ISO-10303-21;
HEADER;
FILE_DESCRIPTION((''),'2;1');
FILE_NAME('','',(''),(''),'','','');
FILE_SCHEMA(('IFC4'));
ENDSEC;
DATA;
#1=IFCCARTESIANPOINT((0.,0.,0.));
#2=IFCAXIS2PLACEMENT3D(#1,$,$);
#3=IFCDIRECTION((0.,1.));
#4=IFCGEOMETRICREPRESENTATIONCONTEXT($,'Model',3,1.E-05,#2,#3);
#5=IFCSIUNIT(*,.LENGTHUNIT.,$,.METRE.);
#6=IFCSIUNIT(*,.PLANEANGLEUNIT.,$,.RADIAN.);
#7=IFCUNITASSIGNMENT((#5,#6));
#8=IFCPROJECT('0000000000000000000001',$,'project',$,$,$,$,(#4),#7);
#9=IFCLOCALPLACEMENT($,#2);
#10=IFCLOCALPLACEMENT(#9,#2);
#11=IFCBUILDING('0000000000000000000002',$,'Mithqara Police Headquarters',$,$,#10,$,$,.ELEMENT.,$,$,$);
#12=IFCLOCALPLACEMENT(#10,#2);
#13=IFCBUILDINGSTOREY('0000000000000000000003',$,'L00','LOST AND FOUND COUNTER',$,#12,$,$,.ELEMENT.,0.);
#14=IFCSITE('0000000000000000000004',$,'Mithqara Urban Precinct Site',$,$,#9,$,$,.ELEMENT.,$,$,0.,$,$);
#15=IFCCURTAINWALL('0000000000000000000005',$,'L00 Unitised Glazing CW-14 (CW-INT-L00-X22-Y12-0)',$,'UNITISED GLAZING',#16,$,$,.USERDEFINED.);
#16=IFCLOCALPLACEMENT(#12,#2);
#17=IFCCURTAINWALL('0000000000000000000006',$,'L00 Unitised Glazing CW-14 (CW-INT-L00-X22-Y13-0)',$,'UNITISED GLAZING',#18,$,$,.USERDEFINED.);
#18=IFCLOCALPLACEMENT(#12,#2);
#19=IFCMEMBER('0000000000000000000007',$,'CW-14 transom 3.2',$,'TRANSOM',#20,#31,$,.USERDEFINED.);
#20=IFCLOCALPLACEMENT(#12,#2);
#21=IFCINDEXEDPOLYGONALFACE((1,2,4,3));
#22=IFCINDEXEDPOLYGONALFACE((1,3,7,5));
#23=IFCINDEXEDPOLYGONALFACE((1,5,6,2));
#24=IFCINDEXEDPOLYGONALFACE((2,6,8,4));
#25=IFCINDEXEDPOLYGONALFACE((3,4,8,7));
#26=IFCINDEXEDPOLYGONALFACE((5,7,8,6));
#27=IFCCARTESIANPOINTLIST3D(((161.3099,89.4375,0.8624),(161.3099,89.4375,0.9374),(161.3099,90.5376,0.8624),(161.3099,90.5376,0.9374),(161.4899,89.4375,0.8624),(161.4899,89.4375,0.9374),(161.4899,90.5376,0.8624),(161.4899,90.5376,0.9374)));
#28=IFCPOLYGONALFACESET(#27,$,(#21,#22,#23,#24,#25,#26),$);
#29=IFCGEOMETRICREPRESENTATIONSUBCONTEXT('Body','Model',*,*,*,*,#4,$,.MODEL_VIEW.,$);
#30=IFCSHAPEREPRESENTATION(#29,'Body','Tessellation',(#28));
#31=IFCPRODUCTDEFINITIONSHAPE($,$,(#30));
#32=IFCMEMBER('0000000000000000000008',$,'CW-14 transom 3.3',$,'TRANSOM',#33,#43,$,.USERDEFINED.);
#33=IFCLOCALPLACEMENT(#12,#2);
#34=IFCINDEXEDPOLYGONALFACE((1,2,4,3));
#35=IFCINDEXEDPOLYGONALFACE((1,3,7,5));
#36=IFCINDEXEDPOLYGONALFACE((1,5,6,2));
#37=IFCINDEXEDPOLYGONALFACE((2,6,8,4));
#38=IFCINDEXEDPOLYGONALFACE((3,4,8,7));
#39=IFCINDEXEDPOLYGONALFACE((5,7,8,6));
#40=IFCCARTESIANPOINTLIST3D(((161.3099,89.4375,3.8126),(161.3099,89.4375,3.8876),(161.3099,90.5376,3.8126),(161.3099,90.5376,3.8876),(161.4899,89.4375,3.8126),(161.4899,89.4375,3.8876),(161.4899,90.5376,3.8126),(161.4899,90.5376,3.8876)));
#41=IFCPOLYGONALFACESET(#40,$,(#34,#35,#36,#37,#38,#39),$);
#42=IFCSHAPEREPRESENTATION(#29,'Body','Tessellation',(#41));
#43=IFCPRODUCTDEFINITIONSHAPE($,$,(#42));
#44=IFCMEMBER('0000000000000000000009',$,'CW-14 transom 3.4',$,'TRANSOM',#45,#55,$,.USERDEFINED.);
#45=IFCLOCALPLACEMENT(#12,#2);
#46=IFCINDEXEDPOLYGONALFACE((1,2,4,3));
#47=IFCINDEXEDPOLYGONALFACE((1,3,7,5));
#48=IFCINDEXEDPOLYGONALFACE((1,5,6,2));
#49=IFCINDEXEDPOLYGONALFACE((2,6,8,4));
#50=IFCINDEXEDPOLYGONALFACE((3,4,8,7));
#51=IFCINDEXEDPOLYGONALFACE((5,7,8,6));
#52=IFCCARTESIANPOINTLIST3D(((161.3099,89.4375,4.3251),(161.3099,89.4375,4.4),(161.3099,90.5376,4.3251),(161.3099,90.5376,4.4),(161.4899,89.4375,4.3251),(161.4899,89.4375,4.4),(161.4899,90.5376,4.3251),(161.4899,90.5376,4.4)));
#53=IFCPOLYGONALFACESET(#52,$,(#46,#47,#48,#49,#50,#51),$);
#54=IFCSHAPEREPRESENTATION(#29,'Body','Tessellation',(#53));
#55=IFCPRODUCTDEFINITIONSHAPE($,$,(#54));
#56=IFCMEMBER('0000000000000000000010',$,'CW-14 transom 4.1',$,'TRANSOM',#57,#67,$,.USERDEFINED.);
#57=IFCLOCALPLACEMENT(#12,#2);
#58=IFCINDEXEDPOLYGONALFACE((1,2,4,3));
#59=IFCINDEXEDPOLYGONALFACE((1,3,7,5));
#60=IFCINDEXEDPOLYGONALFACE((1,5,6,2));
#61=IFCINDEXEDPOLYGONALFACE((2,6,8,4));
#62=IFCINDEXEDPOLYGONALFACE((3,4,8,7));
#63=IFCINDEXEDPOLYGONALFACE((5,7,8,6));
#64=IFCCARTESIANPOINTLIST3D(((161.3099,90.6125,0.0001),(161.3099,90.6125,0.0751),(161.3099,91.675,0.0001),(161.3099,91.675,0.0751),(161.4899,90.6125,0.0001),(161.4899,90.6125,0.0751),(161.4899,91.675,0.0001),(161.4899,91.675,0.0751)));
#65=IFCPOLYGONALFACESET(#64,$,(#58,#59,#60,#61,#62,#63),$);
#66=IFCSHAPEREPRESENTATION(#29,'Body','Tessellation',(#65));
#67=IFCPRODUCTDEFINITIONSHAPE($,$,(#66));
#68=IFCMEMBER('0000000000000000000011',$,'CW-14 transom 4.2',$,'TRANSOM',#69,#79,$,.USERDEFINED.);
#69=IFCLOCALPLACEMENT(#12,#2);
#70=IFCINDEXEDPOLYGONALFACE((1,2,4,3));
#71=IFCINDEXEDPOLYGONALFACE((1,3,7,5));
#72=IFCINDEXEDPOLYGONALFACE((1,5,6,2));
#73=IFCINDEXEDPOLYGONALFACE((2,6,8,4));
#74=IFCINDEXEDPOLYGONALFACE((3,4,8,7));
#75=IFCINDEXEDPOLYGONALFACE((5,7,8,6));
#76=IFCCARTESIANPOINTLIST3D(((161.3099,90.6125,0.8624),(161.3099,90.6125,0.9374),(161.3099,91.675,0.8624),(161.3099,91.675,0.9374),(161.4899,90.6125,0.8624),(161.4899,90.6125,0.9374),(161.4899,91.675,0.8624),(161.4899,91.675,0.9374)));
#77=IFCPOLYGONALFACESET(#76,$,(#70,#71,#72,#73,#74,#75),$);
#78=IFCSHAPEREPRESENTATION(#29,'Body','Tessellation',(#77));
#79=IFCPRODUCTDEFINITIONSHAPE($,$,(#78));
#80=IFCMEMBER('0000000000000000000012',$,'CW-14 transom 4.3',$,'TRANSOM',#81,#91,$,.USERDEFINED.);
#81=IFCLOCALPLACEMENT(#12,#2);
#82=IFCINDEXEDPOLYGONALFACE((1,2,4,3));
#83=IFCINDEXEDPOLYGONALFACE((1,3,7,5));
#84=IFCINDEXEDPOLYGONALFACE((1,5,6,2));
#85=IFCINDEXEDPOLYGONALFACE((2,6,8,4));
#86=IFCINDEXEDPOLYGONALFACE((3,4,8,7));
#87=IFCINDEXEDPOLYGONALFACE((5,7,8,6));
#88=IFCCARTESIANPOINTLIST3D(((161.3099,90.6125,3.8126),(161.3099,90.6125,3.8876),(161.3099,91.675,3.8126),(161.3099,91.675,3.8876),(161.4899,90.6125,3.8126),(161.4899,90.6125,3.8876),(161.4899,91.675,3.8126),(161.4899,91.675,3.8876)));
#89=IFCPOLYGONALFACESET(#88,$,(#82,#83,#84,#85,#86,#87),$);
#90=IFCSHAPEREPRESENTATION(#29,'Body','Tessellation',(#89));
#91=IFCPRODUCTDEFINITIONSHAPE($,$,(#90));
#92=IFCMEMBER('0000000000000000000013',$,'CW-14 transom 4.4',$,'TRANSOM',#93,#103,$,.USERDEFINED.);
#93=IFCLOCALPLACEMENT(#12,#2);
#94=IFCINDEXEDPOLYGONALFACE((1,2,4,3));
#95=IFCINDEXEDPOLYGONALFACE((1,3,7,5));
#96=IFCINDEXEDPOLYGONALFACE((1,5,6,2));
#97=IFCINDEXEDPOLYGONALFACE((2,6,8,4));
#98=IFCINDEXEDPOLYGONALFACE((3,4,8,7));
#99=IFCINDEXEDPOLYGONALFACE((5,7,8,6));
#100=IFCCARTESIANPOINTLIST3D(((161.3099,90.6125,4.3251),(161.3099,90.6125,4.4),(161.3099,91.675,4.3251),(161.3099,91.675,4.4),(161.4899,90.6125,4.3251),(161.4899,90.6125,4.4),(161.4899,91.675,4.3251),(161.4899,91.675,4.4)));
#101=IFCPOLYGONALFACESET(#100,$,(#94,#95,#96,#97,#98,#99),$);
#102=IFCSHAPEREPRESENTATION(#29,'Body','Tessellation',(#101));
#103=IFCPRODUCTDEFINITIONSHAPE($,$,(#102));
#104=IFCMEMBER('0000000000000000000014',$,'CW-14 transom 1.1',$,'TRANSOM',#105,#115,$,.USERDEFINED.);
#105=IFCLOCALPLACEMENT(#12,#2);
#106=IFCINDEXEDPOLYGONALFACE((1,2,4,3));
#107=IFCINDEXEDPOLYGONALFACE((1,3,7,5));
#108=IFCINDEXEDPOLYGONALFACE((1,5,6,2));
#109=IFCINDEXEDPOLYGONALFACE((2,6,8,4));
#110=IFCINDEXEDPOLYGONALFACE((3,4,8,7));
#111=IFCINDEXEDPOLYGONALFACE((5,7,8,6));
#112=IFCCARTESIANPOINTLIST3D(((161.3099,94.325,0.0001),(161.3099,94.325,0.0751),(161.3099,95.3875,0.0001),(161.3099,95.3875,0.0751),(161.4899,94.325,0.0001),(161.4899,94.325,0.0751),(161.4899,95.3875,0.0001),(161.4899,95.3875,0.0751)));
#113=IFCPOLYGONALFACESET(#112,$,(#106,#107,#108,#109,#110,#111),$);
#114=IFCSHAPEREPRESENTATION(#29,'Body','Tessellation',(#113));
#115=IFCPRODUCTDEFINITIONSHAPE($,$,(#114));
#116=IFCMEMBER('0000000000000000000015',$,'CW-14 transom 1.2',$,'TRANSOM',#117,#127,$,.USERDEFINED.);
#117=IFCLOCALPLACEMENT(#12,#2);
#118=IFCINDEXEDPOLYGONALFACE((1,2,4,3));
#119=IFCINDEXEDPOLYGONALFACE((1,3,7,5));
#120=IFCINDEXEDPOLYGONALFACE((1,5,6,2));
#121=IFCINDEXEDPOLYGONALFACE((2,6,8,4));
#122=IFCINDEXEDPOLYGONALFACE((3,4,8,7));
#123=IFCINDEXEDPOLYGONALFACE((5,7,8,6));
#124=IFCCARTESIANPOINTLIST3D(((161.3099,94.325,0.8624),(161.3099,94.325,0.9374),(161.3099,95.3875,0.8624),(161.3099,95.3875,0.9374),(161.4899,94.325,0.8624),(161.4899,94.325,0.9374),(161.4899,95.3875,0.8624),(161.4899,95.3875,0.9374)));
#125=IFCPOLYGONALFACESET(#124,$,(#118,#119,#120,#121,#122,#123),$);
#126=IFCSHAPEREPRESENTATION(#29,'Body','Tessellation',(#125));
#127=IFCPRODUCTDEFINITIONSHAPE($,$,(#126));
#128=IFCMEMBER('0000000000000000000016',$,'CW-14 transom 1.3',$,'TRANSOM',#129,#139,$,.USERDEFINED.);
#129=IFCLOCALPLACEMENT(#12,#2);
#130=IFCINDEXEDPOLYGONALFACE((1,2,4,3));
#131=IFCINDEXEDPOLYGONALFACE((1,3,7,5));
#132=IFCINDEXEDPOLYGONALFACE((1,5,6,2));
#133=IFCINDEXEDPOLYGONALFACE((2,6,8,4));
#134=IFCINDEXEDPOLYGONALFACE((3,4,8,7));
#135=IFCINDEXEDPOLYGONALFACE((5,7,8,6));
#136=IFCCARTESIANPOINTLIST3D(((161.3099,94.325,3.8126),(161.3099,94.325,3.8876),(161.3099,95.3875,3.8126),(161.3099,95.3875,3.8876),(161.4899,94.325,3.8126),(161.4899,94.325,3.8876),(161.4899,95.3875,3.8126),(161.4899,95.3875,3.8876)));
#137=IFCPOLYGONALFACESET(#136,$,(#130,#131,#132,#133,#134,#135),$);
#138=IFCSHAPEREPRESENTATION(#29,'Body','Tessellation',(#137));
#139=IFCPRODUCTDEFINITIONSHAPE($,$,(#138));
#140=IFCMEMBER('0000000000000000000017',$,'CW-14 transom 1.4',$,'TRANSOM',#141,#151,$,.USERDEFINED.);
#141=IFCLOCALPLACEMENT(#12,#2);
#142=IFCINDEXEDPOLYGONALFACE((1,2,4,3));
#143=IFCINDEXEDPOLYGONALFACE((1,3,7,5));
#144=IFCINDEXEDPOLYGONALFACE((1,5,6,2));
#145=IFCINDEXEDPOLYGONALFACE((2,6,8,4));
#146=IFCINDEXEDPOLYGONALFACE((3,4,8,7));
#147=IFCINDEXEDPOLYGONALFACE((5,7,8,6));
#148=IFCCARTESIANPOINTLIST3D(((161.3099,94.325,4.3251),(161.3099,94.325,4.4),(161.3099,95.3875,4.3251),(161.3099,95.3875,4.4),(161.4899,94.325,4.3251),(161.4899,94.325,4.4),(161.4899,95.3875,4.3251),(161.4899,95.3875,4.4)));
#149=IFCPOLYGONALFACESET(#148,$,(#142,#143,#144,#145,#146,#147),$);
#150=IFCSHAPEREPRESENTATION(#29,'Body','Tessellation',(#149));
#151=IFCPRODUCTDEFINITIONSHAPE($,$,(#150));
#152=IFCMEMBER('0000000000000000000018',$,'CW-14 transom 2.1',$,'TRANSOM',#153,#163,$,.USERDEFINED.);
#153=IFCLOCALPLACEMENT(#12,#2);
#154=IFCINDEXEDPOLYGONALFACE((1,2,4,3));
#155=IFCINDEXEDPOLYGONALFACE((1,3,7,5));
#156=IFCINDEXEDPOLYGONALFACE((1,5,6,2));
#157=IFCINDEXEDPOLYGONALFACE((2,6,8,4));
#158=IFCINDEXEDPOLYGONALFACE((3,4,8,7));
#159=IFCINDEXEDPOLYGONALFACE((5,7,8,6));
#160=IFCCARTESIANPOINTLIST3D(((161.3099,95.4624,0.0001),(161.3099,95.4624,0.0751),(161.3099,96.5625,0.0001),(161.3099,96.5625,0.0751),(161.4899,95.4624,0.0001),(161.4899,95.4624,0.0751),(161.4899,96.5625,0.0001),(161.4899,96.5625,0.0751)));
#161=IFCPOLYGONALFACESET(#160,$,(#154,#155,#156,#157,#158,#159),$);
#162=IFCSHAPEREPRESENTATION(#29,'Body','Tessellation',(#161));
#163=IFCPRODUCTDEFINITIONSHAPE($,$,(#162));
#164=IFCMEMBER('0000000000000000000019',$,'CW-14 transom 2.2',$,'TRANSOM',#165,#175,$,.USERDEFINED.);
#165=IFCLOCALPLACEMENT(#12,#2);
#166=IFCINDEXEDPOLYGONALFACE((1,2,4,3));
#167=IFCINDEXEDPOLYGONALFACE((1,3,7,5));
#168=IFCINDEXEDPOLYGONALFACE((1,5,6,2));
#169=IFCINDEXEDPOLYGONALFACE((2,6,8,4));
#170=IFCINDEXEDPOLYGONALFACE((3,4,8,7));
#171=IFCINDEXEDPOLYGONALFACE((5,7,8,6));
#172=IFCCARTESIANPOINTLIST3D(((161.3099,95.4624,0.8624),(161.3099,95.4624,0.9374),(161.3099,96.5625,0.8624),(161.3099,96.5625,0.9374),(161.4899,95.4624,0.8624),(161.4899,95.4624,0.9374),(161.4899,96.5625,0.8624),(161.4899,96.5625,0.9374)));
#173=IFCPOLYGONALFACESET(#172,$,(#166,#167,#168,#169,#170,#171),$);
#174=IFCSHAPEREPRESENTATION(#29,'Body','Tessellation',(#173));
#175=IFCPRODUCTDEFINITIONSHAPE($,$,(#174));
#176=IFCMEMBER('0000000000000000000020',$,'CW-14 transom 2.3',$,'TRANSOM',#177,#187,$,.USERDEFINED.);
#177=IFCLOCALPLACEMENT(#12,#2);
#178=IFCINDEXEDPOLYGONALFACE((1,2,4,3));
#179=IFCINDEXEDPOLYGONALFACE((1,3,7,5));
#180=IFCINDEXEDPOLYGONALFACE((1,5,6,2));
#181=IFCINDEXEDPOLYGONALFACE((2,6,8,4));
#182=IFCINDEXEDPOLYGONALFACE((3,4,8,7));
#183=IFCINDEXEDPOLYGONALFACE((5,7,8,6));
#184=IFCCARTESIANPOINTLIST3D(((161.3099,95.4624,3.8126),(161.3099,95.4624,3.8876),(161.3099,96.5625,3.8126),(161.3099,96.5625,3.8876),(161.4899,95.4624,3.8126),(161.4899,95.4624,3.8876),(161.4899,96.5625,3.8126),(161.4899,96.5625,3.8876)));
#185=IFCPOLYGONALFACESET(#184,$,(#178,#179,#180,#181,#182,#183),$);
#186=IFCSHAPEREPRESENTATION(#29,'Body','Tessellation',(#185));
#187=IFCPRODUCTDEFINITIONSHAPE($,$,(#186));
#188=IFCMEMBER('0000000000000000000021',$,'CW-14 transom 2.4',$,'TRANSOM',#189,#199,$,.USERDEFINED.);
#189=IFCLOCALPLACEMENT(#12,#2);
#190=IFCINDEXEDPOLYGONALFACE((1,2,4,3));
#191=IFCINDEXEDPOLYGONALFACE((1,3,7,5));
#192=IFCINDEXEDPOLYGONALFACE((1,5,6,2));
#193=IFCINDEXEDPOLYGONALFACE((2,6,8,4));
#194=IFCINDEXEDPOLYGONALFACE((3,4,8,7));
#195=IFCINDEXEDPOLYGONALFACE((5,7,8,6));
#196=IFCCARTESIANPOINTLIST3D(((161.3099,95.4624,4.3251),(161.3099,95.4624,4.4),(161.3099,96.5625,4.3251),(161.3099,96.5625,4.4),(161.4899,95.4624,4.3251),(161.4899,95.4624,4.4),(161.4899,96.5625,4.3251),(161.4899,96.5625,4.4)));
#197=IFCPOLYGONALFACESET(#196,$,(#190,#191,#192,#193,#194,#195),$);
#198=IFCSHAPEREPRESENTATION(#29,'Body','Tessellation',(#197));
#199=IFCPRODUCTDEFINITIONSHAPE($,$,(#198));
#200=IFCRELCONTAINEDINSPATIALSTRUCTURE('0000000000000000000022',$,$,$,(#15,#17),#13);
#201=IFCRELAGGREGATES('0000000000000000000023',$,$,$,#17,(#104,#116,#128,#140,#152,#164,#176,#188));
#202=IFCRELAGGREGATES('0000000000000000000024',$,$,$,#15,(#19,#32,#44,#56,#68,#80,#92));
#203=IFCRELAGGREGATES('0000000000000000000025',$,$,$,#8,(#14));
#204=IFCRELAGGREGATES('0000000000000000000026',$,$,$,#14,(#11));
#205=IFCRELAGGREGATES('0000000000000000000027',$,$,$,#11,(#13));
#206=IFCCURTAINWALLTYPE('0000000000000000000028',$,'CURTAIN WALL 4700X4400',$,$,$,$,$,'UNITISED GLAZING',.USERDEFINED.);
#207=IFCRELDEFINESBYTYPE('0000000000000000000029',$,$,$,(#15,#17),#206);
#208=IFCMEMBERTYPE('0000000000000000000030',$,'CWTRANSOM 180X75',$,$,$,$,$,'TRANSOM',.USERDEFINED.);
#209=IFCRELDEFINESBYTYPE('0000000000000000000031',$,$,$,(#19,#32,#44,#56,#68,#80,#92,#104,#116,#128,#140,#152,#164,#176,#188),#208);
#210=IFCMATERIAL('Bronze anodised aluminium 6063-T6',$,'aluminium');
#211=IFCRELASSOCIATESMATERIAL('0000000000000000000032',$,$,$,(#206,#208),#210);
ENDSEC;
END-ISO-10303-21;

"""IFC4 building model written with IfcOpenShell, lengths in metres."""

from ifc_helpers import new_model, si_unit, direction, frame, origin, origin_2d, place, context, subcontext, project, spatial, rectangle, extrude, material, material_profile, profile_set, type_object, element, aggregate, save


model = new_model("IFC4")

# Units and contexts
model_context = context("Model", 3, precision=1e-05, world=origin(), true_north=direction((0.0, 1.0)))
body_context = subcontext(model_context, "Body", "Model", "MODEL_VIEW")
ifc_project = project(units=[si_unit("LENGTHUNIT", "METRE"), si_unit("PLANEANGLEUNIT", "RADIAN")], contexts=[model_context])

# Site, building, storey
site_placement = place(None, origin())
site = spatial("IfcSite", under=ifc_project, at=site_placement, Name="Mithqara Urban Precinct Site", CompositionType="ELEMENT", RefElevation=0.0)
building_placement = place(site_placement, origin())
building = spatial("IfcBuilding", under=site, at=building_placement, Name="Mithqara Police Headquarters", CompositionType="ELEMENT")
storey_placement = place(building_placement, origin())
storey = spatial("IfcBuildingStorey", under=building, at=storey_placement, Name="L00", Description="LOST AND FOUND COUNTER", CompositionType="ELEMENT", Elevation=0.0)

# Curtain walls
ifc_material_1 = material(Name="Bronze anodised aluminium 6063-T6", Category="aluminium")
curtain_wall_type = type_object("IfcCurtainWallType", Name="CURTAIN WALL 4700X4400", ElementType="UNITISED GLAZING", PredefinedType="USERDEFINED", material=ifc_material_1)
curtain_wall_1_placement = place(storey_placement, origin())
curtain_wall_1 = element("IfcCurtainWall", 1, at=curtain_wall_1_placement, inside=storey, type_object=curtain_wall_type, Name="L00 Unitised Glazing CW-14 (CW-INT-L00-X22-Y12-0)", ObjectType="UNITISED GLAZING", PredefinedType="USERDEFINED")
curtain_wall_2_placement = place(storey_placement, origin())
curtain_wall_2 = element("IfcCurtainWall", 2, at=curtain_wall_2_placement, inside=storey, type_object=curtain_wall_type, Name="L00 Unitised Glazing CW-14 (CW-INT-L00-X22-Y13-0)", ObjectType="UNITISED GLAZING", PredefinedType="USERDEFINED")

# Members
ifc_material_profile_1 = material_profile(ifc_material_1, rectangle(XDim=0.1799, YDim=0.075, at=origin_2d()), Name="CWT 180x75")
ifc_profile_set_1 = profile_set([ifc_material_profile_1], Name="Bronze anodised aluminium 6063-T6")
member_type_1 = type_object("IfcMemberType", Name="CWTRANSOM 180X75", ElementType="TRANSOM", PredefinedType="USERDEFINED", material=ifc_profile_set_1)
member_1_placement = place(storey_placement, frame((161.3999, 89.4375, 0.8999), z_axis=(0.0, 1.0, 0.0), x_axis=(-1.0, 0.0, 0.0)))
member_1 = element("IfcMember", 3, at=member_1_placement, type_object=member_type_1, Name="CW-14 transom 3.2", ObjectType="TRANSOM", PredefinedType="USERDEFINED", context=body_context, shape_type="SweptSolid", body=[
    extrude(rectangle(XDim=0.1799, YDim=0.075, at=origin_2d()), origin(), (0.0, 0.0, 1.0), 1.1001),
])
member_2_placement = place(storey_placement, frame((161.3999, 89.4375, 3.8501), z_axis=(0.0, 1.0, 0.0), x_axis=(-1.0, 0.0, 0.0)))
member_2 = element("IfcMember", 4, at=member_2_placement, type_object=member_type_1, Name="CW-14 transom 3.3", ObjectType="TRANSOM", PredefinedType="USERDEFINED", context=body_context, shape_type="SweptSolid", body=[
    extrude(rectangle(XDim=0.1799, YDim=0.075, at=origin_2d()), origin(), (0.0, 0.0, 1.0), 1.1001),
])
member_3_placement = place(storey_placement, frame((161.3999, 89.4375, 4.3625), z_axis=(0.0, 1.0, 0.0), x_axis=(-1.0, 0.0, 0.0)))
member_3 = element("IfcMember", 5, at=member_3_placement, type_object=member_type_1, Name="CW-14 transom 3.4", ObjectType="TRANSOM", PredefinedType="USERDEFINED", context=body_context, shape_type="SweptSolid", body=[
    extrude(rectangle(XDim=0.1799, YDim=0.075, at=origin_2d()), origin(), (0.0, 0.0, 1.0), 1.1001),
])
member_4_placement = place(storey_placement, frame((161.3999, 90.6125, 0.0376), z_axis=(0.0, 1.0, 0.0), x_axis=(-1.0, 0.0, 0.0)))
member_4 = element("IfcMember", 6, at=member_4_placement, type_object=member_type_1, Name="CW-14 transom 4.1", ObjectType="TRANSOM", PredefinedType="USERDEFINED", context=body_context, shape_type="SweptSolid", body=[
    extrude(rectangle(XDim=0.1799, YDim=0.075, at=origin_2d()), origin(), (0.0, 0.0, 1.0), 1.0625),
])
member_5_placement = place(storey_placement, frame((161.3999, 90.6125, 0.8999), z_axis=(0.0, 1.0, 0.0), x_axis=(-1.0, 0.0, 0.0)))
member_5 = element("IfcMember", 7, at=member_5_placement, type_object=member_type_1, Name="CW-14 transom 4.2", ObjectType="TRANSOM", PredefinedType="USERDEFINED", context=body_context, shape_type="SweptSolid", body=[
    extrude(rectangle(XDim=0.1799, YDim=0.075, at=origin_2d()), origin(), (0.0, 0.0, 1.0), 1.0625),
])
member_6_placement = place(storey_placement, frame((161.3999, 90.6125, 3.8501), z_axis=(0.0, 1.0, 0.0), x_axis=(-1.0, 0.0, 0.0)))
member_6 = element("IfcMember", 8, at=member_6_placement, type_object=member_type_1, Name="CW-14 transom 4.3", ObjectType="TRANSOM", PredefinedType="USERDEFINED", context=body_context, shape_type="SweptSolid", body=[
    extrude(rectangle(XDim=0.1799, YDim=0.075, at=origin_2d()), origin(), (0.0, 0.0, 1.0), 1.0625),
])
member_7_placement = place(storey_placement, frame((161.3999, 90.6125, 4.3625), z_axis=(0.0, 1.0, 0.0), x_axis=(-1.0, 0.0, 0.0)))
member_7 = element("IfcMember", 9, at=member_7_placement, type_object=member_type_1, Name="CW-14 transom 4.4", ObjectType="TRANSOM", PredefinedType="USERDEFINED", context=body_context, shape_type="SweptSolid", body=[
    extrude(rectangle(XDim=0.1799, YDim=0.075, at=origin_2d()), origin(), (0.0, 0.0, 1.0), 1.0625),
])
member_8_placement = place(storey_placement, frame((161.3999, 94.325, 0.0376), z_axis=(0.0, 1.0, 0.0), x_axis=(-1.0, 0.0, 0.0)))
member_8 = element("IfcMember", 10, at=member_8_placement, type_object=member_type_1, Name="CW-14 transom 1.1", ObjectType="TRANSOM", PredefinedType="USERDEFINED", context=body_context, shape_type="SweptSolid", body=[
    extrude(rectangle(XDim=0.1799, YDim=0.075, at=origin_2d()), origin(), (0.0, 0.0, 1.0), 1.0625),
])
member_9_placement = place(storey_placement, frame((161.3999, 94.325, 0.8999), z_axis=(0.0, 1.0, 0.0), x_axis=(-1.0, 0.0, 0.0)))
member_9 = element("IfcMember", 11, at=member_9_placement, type_object=member_type_1, Name="CW-14 transom 1.2", ObjectType="TRANSOM", PredefinedType="USERDEFINED", context=body_context, shape_type="SweptSolid", body=[
    extrude(rectangle(XDim=0.1799, YDim=0.075, at=origin_2d()), origin(), (0.0, 0.0, 1.0), 1.0625),
])
member_10_placement = place(storey_placement, frame((161.3999, 94.325, 3.8501), z_axis=(0.0, 1.0, 0.0), x_axis=(-1.0, 0.0, 0.0)))
member_10 = element("IfcMember", 12, at=member_10_placement, type_object=member_type_1, Name="CW-14 transom 1.3", ObjectType="TRANSOM", PredefinedType="USERDEFINED", context=body_context, shape_type="SweptSolid", body=[
    extrude(rectangle(XDim=0.1799, YDim=0.075, at=origin_2d()), origin(), (0.0, 0.0, 1.0), 1.0625),
])
member_11_placement = place(storey_placement, frame((161.3999, 94.325, 4.3625), z_axis=(0.0, 1.0, 0.0), x_axis=(-1.0, 0.0, 0.0)))
member_11 = element("IfcMember", 13, at=member_11_placement, type_object=member_type_1, Name="CW-14 transom 1.4", ObjectType="TRANSOM", PredefinedType="USERDEFINED", context=body_context, shape_type="SweptSolid", body=[
    extrude(rectangle(XDim=0.1799, YDim=0.075, at=origin_2d()), origin(), (0.0, 0.0, 1.0), 1.0625),
])
member_12_placement = place(storey_placement, frame((161.3999, 95.4624, 0.0376), z_axis=(0.0, 1.0, 0.0), x_axis=(-1.0, 0.0, 0.0)))
member_12 = element("IfcMember", 14, at=member_12_placement, type_object=member_type_1, Name="CW-14 transom 2.1", ObjectType="TRANSOM", PredefinedType="USERDEFINED", context=body_context, shape_type="SweptSolid", body=[
    extrude(rectangle(XDim=0.1799, YDim=0.075, at=origin_2d()), origin(), (0.0, 0.0, 1.0), 1.1001),
])
member_13_placement = place(storey_placement, frame((161.3999, 95.4624, 0.8999), z_axis=(0.0, 1.0, 0.0), x_axis=(-1.0, 0.0, 0.0)))
member_13 = element("IfcMember", 15, at=member_13_placement, type_object=member_type_1, Name="CW-14 transom 2.2", ObjectType="TRANSOM", PredefinedType="USERDEFINED", context=body_context, shape_type="SweptSolid", body=[
    extrude(rectangle(XDim=0.1799, YDim=0.075, at=origin_2d()), origin(), (0.0, 0.0, 1.0), 1.1001),
])
member_14_placement = place(storey_placement, frame((161.3999, 95.4624, 3.8501), z_axis=(0.0, 1.0, 0.0), x_axis=(-1.0, 0.0, 0.0)))
member_14 = element("IfcMember", 16, at=member_14_placement, type_object=member_type_1, Name="CW-14 transom 2.3", ObjectType="TRANSOM", PredefinedType="USERDEFINED", context=body_context, shape_type="SweptSolid", body=[
    extrude(rectangle(XDim=0.1799, YDim=0.075, at=origin_2d()), origin(), (0.0, 0.0, 1.0), 1.1001),
])
member_15_placement = place(storey_placement, frame((161.3999, 95.4624, 4.3625), z_axis=(0.0, 1.0, 0.0), x_axis=(-1.0, 0.0, 0.0)))
member_15 = element("IfcMember", 17, at=member_15_placement, type_object=member_type_1, Name="CW-14 transom 2.4", ObjectType="TRANSOM", PredefinedType="USERDEFINED", context=body_context, shape_type="SweptSolid", body=[
    extrude(rectangle(XDim=0.1799, YDim=0.075, at=origin_2d()), origin(), (0.0, 0.0, 1.0), 1.1001),
])

aggregate(curtain_wall_2, [member_8, member_9, member_10, member_11, member_12, member_13, member_14, member_15])
aggregate(curtain_wall_1, [member_1, member_2, member_3, member_4, member_5, member_6, member_7])

save(model, "model.ifc")
